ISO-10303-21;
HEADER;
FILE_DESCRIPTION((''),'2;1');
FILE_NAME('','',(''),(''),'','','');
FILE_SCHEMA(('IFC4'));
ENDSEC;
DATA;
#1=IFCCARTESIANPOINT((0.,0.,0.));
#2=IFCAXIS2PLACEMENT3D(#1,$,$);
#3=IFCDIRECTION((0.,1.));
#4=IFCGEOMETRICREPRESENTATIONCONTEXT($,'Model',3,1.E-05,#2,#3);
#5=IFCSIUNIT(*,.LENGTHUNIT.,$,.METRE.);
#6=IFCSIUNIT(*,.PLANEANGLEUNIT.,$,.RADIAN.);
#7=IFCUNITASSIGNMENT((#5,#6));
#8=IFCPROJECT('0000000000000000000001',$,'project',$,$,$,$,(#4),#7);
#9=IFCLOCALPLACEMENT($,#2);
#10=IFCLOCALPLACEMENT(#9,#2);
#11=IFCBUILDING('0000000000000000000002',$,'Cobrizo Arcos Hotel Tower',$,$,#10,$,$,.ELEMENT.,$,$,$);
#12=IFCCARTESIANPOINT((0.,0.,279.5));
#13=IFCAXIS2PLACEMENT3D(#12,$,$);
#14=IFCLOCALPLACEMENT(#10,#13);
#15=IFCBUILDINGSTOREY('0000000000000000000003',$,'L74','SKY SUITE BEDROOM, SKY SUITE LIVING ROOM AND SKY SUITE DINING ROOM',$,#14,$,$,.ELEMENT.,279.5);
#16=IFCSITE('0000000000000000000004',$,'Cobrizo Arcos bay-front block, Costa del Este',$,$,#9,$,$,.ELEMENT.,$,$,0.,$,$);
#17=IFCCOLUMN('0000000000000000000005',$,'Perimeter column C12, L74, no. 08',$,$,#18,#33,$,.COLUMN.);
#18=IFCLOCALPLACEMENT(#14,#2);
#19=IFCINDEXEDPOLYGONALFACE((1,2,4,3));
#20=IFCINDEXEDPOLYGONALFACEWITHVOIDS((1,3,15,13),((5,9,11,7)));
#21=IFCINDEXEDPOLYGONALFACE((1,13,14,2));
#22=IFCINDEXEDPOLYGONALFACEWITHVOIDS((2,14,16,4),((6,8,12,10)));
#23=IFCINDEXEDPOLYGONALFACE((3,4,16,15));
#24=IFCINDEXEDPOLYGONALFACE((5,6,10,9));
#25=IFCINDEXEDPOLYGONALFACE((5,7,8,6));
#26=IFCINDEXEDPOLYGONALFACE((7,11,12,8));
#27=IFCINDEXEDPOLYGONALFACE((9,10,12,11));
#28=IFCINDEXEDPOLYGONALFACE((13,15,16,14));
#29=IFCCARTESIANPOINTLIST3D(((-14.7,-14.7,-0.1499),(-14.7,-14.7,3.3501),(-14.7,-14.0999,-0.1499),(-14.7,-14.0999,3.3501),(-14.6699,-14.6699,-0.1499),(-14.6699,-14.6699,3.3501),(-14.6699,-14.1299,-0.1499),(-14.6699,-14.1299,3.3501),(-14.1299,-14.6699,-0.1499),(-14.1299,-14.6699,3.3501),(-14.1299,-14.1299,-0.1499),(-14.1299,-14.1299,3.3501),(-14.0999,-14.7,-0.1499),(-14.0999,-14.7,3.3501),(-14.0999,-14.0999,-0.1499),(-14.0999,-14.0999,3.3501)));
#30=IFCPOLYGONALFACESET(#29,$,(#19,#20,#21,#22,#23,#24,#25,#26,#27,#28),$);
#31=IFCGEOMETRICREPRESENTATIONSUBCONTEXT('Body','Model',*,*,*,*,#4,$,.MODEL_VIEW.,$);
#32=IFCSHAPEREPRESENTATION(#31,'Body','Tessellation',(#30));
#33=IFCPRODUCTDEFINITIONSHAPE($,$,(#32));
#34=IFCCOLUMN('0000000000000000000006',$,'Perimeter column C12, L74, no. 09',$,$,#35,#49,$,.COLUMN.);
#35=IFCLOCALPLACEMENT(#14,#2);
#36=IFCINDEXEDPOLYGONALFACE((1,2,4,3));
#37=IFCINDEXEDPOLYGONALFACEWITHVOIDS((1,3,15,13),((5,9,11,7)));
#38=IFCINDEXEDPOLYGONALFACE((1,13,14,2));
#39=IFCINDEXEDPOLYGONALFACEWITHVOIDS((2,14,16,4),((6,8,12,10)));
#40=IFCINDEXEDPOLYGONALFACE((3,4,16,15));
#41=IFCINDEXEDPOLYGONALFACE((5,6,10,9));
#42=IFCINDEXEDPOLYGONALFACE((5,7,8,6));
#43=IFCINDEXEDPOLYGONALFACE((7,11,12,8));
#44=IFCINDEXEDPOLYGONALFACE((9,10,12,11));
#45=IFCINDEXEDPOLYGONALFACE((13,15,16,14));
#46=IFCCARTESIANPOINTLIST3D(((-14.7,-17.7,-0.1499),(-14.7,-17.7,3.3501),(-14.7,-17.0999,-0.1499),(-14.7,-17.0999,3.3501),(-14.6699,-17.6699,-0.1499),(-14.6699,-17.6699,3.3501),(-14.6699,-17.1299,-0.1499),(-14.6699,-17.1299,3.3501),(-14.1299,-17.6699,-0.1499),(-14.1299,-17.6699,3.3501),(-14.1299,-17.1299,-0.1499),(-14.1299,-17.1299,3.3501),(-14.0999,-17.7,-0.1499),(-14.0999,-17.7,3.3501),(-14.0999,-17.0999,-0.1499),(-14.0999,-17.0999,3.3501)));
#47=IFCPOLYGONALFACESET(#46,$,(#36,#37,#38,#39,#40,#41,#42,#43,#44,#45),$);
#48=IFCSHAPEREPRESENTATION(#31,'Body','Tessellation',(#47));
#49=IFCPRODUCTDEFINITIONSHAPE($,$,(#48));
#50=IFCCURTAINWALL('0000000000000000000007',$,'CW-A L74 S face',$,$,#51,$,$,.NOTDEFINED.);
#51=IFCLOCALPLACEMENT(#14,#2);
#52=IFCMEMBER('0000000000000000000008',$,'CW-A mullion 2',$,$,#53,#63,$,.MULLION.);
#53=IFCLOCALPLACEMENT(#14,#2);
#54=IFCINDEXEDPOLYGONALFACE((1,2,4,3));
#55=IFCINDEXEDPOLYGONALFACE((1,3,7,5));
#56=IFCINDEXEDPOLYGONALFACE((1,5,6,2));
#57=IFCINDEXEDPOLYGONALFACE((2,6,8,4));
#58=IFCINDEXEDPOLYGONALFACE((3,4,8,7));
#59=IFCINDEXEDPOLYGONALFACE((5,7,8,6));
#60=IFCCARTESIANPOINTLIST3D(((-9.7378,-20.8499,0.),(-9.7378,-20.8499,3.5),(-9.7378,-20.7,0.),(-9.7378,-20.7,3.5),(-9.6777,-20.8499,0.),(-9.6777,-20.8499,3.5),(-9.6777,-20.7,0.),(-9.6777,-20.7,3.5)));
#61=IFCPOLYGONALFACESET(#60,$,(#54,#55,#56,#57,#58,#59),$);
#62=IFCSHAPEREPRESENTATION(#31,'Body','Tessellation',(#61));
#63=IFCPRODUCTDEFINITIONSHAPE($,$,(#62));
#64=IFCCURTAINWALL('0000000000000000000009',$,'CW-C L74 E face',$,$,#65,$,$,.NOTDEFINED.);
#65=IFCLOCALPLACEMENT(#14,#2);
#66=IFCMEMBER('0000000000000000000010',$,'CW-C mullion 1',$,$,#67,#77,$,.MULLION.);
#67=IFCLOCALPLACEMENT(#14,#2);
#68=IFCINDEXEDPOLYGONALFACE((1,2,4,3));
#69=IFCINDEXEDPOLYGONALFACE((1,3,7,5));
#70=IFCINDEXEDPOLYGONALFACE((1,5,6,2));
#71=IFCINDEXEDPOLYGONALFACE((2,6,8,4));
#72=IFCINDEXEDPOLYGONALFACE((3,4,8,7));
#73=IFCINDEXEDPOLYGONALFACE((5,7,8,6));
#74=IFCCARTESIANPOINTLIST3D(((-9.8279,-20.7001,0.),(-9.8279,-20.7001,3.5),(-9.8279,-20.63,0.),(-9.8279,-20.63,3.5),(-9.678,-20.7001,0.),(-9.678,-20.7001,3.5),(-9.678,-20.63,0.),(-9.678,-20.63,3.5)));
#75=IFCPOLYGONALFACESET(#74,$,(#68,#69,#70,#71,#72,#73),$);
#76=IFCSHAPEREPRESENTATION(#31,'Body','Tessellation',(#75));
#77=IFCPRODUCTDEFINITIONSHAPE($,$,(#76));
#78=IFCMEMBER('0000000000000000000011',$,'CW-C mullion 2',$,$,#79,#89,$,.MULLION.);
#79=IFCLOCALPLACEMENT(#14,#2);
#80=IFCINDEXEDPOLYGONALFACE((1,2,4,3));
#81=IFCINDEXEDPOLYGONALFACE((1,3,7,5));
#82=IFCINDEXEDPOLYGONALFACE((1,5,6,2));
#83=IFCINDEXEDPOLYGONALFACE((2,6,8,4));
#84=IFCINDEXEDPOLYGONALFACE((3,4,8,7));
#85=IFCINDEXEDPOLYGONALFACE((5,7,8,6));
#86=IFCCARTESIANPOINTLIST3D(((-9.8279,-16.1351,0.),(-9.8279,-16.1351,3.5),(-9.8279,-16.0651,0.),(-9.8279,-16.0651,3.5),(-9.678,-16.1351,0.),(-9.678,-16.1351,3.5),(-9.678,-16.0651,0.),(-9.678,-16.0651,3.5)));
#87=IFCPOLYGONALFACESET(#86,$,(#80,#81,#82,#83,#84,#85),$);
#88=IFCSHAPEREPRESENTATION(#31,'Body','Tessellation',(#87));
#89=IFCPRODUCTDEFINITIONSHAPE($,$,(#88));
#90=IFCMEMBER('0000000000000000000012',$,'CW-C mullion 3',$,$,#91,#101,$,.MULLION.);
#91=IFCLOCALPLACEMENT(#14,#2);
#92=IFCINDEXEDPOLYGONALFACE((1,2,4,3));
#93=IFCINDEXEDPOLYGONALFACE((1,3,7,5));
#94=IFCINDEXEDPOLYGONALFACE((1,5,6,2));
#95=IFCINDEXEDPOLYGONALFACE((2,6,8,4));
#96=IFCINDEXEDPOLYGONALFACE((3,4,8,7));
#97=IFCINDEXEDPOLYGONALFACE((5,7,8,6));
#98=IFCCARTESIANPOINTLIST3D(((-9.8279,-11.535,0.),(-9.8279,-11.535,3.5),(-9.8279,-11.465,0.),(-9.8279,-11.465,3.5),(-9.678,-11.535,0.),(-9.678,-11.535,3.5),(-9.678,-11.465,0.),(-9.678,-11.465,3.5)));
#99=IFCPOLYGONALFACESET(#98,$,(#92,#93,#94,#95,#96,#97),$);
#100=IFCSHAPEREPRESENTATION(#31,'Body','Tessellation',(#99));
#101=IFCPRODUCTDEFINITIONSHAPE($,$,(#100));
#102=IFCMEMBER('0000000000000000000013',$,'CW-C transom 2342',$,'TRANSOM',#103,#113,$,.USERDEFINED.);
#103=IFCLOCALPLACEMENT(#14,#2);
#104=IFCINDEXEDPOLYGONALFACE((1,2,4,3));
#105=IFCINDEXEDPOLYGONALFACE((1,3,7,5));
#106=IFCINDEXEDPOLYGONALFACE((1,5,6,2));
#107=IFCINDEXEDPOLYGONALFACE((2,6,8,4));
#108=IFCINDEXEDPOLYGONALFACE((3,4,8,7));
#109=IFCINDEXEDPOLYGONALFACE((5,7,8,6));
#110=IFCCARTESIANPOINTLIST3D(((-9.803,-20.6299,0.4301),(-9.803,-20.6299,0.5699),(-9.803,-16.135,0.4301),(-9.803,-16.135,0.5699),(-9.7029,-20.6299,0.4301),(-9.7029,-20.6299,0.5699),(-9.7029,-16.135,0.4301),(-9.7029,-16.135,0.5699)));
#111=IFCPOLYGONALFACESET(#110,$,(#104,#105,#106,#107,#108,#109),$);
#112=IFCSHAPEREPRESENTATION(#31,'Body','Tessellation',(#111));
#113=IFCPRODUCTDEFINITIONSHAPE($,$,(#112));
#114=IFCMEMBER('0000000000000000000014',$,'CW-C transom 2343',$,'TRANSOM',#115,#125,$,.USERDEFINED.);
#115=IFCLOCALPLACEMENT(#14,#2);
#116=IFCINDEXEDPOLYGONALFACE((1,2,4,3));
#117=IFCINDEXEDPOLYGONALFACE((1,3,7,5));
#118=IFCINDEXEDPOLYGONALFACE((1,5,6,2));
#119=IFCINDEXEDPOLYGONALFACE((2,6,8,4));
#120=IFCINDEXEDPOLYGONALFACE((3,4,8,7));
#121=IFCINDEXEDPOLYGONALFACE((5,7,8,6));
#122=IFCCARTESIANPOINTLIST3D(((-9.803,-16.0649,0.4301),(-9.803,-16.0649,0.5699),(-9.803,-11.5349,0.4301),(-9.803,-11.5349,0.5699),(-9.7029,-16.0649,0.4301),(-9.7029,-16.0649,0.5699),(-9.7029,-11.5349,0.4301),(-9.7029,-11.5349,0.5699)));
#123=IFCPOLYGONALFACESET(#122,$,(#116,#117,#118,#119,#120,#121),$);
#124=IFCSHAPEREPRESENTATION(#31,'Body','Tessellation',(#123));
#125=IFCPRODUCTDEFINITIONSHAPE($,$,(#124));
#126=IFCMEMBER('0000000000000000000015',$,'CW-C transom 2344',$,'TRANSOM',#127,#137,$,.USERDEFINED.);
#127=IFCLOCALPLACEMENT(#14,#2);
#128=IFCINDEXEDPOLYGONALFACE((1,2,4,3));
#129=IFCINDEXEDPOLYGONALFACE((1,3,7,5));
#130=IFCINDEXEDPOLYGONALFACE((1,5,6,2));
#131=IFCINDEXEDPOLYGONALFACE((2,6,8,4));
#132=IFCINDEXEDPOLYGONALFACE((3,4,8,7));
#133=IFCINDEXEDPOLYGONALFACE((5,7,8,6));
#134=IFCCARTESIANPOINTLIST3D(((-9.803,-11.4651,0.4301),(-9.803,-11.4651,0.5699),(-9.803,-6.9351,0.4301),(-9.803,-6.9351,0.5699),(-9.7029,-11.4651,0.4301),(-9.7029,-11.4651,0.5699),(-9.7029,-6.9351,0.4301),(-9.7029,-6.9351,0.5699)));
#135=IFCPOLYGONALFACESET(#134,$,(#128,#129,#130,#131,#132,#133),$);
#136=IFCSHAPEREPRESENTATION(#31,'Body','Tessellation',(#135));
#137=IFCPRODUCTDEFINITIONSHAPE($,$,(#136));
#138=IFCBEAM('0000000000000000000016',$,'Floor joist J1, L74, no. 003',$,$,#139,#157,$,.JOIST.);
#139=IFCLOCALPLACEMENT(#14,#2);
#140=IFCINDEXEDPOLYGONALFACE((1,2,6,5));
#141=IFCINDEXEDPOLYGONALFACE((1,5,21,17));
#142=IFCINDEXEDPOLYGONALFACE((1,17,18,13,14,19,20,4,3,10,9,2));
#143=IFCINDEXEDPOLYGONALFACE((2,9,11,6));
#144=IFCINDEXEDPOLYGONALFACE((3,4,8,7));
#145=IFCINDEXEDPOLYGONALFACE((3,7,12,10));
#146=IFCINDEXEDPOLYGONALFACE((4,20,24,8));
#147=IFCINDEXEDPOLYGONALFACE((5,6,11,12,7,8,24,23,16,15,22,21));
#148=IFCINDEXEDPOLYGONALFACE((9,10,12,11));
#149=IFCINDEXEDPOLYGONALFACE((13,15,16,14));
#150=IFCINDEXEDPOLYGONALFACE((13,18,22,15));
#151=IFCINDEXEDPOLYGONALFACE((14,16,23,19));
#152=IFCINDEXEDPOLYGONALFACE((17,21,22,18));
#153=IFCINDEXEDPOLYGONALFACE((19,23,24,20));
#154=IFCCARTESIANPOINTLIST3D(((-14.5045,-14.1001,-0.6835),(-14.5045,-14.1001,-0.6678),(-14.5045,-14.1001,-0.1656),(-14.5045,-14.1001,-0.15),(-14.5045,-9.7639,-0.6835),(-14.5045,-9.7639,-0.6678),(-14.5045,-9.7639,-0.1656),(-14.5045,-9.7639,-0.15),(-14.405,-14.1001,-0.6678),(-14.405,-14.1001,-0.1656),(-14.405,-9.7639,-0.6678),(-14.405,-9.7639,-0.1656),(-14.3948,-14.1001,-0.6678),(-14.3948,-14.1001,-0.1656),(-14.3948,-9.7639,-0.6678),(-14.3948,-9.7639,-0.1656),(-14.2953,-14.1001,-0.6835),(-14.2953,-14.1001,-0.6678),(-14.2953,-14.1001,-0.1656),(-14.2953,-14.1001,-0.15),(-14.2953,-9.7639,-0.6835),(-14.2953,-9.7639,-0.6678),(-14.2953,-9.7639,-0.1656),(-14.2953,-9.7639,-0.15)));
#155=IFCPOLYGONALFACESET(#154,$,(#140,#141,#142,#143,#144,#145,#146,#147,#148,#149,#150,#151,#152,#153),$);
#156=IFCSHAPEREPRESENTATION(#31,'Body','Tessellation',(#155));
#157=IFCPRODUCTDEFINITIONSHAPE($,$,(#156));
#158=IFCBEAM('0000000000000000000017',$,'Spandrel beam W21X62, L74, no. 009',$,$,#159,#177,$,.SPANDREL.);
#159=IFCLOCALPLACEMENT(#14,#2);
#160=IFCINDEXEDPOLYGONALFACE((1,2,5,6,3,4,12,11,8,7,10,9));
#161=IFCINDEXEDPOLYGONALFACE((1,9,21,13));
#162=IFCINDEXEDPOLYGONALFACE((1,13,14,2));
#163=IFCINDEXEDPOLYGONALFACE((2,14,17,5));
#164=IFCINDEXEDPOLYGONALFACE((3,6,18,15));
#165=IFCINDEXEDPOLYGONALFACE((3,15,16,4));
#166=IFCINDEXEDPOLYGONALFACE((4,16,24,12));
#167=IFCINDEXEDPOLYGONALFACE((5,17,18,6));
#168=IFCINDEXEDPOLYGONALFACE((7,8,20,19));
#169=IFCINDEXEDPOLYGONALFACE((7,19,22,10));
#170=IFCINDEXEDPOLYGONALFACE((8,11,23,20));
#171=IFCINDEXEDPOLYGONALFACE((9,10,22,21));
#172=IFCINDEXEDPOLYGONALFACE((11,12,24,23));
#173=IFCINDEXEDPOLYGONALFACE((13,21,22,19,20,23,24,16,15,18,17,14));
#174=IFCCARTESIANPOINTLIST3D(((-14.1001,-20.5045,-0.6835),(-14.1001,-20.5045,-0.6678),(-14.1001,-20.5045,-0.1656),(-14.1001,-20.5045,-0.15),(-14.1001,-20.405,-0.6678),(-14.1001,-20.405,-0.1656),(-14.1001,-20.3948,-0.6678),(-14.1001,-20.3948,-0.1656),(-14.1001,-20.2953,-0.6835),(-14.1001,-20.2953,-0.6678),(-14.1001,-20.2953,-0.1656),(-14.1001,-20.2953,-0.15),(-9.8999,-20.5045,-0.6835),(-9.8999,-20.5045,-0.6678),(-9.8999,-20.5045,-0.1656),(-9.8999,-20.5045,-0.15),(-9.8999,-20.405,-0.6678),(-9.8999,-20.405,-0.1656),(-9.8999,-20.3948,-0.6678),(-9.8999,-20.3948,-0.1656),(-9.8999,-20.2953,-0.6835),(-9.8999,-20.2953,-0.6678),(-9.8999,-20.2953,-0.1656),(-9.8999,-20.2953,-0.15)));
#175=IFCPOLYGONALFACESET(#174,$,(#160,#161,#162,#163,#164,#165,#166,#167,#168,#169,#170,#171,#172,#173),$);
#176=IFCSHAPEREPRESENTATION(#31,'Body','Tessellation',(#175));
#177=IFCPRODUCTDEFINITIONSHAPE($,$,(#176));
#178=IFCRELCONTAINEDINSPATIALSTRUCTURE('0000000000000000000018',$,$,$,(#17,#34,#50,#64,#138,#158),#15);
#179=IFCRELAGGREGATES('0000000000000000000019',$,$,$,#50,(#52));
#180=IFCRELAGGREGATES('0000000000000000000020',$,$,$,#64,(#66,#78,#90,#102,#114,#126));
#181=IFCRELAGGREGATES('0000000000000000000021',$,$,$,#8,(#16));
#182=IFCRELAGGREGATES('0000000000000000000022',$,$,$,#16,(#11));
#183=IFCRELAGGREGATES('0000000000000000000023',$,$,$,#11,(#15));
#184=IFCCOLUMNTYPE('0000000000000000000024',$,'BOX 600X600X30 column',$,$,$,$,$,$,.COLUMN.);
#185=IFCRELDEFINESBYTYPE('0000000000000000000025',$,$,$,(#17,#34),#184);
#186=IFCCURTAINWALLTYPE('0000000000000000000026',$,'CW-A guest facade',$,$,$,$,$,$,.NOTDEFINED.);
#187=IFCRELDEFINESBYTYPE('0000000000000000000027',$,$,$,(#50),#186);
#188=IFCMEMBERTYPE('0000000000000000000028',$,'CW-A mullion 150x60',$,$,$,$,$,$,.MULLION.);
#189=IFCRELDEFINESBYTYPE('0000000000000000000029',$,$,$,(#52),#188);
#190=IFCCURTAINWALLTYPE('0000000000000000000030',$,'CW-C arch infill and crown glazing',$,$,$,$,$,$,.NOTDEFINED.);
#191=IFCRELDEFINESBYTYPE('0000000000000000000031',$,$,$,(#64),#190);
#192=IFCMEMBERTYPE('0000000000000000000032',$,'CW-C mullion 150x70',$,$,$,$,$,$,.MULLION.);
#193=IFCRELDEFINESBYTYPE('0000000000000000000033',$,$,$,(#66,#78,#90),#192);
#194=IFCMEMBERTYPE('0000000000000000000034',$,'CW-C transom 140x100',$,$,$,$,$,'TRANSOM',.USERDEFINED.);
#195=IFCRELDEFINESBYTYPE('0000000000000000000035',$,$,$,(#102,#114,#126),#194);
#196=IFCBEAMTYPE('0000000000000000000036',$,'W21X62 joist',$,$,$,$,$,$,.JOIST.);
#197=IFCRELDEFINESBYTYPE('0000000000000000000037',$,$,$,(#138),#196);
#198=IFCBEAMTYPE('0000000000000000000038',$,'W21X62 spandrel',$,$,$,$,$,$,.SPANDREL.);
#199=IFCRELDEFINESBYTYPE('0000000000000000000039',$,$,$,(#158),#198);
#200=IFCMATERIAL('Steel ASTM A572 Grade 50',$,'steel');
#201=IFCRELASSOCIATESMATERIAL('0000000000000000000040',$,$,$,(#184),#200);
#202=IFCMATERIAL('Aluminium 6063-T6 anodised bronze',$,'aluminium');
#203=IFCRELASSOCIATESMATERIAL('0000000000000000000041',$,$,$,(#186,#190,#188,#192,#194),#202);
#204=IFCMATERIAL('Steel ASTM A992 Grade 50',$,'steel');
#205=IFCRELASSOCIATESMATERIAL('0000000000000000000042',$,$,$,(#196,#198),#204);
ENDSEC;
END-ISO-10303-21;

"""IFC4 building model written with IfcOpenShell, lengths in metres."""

from ifc_helpers import new_model, si_unit, direction, frame, origin, origin_2d, place, context, subcontext, project, spatial, rectangle, hollow_rectangle, i_section, extrude, material, material_profile, profile_set, type_object, element, aggregate, save


model = new_model("IFC4")

# Units and contexts
model_context = context("Model", 3, precision=1e-05, world=origin(), true_north=direction((0.0, 1.0)))
body_context = subcontext(model_context, "Body", "Model", "MODEL_VIEW")
ifc_project = project(units=[si_unit("LENGTHUNIT", "METRE"), si_unit("PLANEANGLEUNIT", "RADIAN")], contexts=[model_context])

# Site, building, storey
site_placement = place(None, origin())
site = spatial("IfcSite", under=ifc_project, at=site_placement, Name="Cobrizo Arcos bay-front block, Costa del Este", CompositionType="ELEMENT", RefElevation=0.0)
building_placement = place(site_placement, origin())
building = spatial("IfcBuilding", under=site, at=building_placement, Name="Cobrizo Arcos Hotel Tower", CompositionType="ELEMENT")
storey_placement = place(building_placement, frame((0.0, 0.0, 279.5)))
storey = spatial("IfcBuildingStorey", under=building, at=storey_placement, Name="L74", Description="SKY SUITE BEDROOM, SKY SUITE LIVING ROOM AND SKY SUITE DINING ROOM", CompositionType="ELEMENT", Elevation=279.5)

# Columns
ifc_material_1 = material(Name="Steel ASTM A572 Grade 50", Category="steel")
ifc_material_profile_1 = material_profile(ifc_material_1, hollow_rectangle(XDim=0.6001, YDim=0.6001, WallThickness=0.03, at=origin_2d()), Name="BOX 600X600X30")
ifc_profile_set_1 = profile_set([ifc_material_profile_1], Name="Steel ASTM A572 Grade 50")
column_type = type_object("IfcColumnType", Name="BOX 600X600X30 column", PredefinedType="COLUMN", material=ifc_profile_set_1)
for number, where, z_axis, x_axis, name in (
    (1, (-14.3999, -14.3999, -0.1499), (0.0, 0.0, 1.0), (1.0, 0.0, 0.0), "Perimeter column C12, L74, no. 08"),
    (2, (-14.3999, -17.3999, -0.1499), (0.0, 0.0, 1.0), (1.0, 0.0, 0.0), "Perimeter column C12, L74, no. 09"),
):
    element("IfcColumn", number, at=place(storey_placement, frame(where, z_axis=z_axis, x_axis=x_axis)), inside=storey, type_object=column_type, Name=name, PredefinedType="COLUMN", context=body_context, shape_type="SweptSolid", body=[
        extrude(hollow_rectangle(XDim=0.6001, YDim=0.6001, WallThickness=0.03, at=origin_2d()), origin(), (0.0, 0.0, 1.0), 3.5),
    ])

# Curtain wall, member
ifc_material_2 = material(Name="Aluminium 6063-T6 anodised bronze", Category="aluminium")
curtain_wall_type_1 = type_object("IfcCurtainWallType", Name="CW-A guest facade", PredefinedType="NOTDEFINED", material=ifc_material_2)
curtain_wall_1_placement = place(storey_placement, origin())
curtain_wall_1 = element("IfcCurtainWall", 3, at=curtain_wall_1_placement, inside=storey, type_object=curtain_wall_type_1, Name="CW-A L74 S face", PredefinedType="NOTDEFINED")
ifc_material_profile_2 = material_profile(ifc_material_2, rectangle(XDim=0.1499, YDim=0.0601, at=origin_2d()), Name="CW-A mullion 150x60")
ifc_profile_set_2 = profile_set([ifc_material_profile_2], Name="Aluminium 6063-T6 anodised bronze")
member_type_1 = type_object("IfcMemberType", Name="CW-A mullion 150x60", PredefinedType="MULLION", material=ifc_profile_set_2)
member_1_placement = place(storey_placement, frame((-9.7078, -20.7749, 0.0), z_axis=(0.0, 0.0, 1.0), x_axis=(0.0, -1.0, 0.0)))
member_1 = element("IfcMember", 4, at=member_1_placement, type_object=member_type_1, Name="CW-A mullion 2", PredefinedType="MULLION", context=body_context, shape_type="SweptSolid", body=[
    extrude(rectangle(XDim=0.1499, YDim=0.0601, at=origin_2d()), origin(), (0.0, 0.0, 1.0), 3.5),
])

# Curtain wall, members
curtain_wall_type_2 = type_object("IfcCurtainWallType", Name="CW-C arch infill and crown glazing", PredefinedType="NOTDEFINED", material=ifc_material_2)
curtain_wall_2_placement = place(storey_placement, origin())
curtain_wall_2 = element("IfcCurtainWall", 5, at=curtain_wall_2_placement, inside=storey, type_object=curtain_wall_type_2, Name="CW-C L74 E face", PredefinedType="NOTDEFINED")
ifc_material_profile_3 = material_profile(ifc_material_2, rectangle(XDim=0.1499, YDim=0.0701, at=origin_2d()), Name="CW-C mullion 150x70")
ifc_profile_set_3 = profile_set([ifc_material_profile_3], Name="Aluminium 6063-T6 anodised bronze")
member_type_2 = type_object("IfcMemberType", Name="CW-C mullion 150x70", PredefinedType="MULLION", material=ifc_profile_set_3)
member_2_placement = place(storey_placement, frame((-9.7529, -20.665, 0.0), z_axis=(0.0, 0.0, 1.0), x_axis=(1.0, 0.0, 0.0)))
member_2 = element("IfcMember", 6, at=member_2_placement, type_object=member_type_2, Name="CW-C mullion 1", PredefinedType="MULLION", context=body_context, shape_type="SweptSolid", body=[
    extrude(rectangle(XDim=0.1499, YDim=0.0701, at=origin_2d()), origin(), (0.0, 0.0, 1.0), 3.5),
])
member_3_placement = place(storey_placement, frame((-9.7529, -16.1001, 0.0), z_axis=(0.0, 0.0, 1.0), x_axis=(1.0, 0.0, 0.0)))
member_3 = element("IfcMember", 7, at=member_3_placement, type_object=member_type_2, Name="CW-C mullion 2", PredefinedType="MULLION", context=body_context, shape_type="SweptSolid", body=[
    extrude(rectangle(XDim=0.1499, YDim=0.0701, at=origin_2d()), origin(), (0.0, 0.0, 1.0), 3.5),
])
member_4_placement = place(storey_placement, frame((-9.7529, -11.5, 0.0), z_axis=(0.0, 0.0, 1.0), x_axis=(1.0, 0.0, 0.0)))
member_4 = element("IfcMember", 8, at=member_4_placement, type_object=member_type_2, Name="CW-C mullion 3", PredefinedType="MULLION", context=body_context, shape_type="SweptSolid", body=[
    extrude(rectangle(XDim=0.1499, YDim=0.0701, at=origin_2d()), origin(), (0.0, 0.0, 1.0), 3.5),
])
ifc_material_profile_4 = material_profile(ifc_material_2, rectangle(XDim=0.1001, YDim=0.1399, at=origin_2d()), Name="CW-C transom 140x100")
ifc_profile_set_4 = profile_set([ifc_material_profile_4], Name="Aluminium 6063-T6 anodised bronze")
member_type_3 = type_object("IfcMemberType", Name="CW-C transom 140x100", ElementType="TRANSOM", PredefinedType="USERDEFINED", material=ifc_profile_set_4)
member_5_placement = place(storey_placement, frame((-9.7529, -20.6299, 0.5), z_axis=(0.0, 1.0, 0.0), x_axis=(-1.0, 0.0, 0.0)))
member_5 = element("IfcMember", 9, at=member_5_placement, type_object=member_type_3, Name="CW-C transom 2342", ObjectType="TRANSOM", PredefinedType="USERDEFINED", context=body_context, shape_type="SweptSolid", body=[
    extrude(rectangle(XDim=0.1001, YDim=0.1399, at=origin_2d()), origin(), (0.0, 0.0, 1.0), 4.4949),
])
member_6_placement = place(storey_placement, frame((-9.7529, -16.0649, 0.5), z_axis=(0.0, 1.0, 0.0), x_axis=(-1.0, 0.0, 0.0)))
member_6 = element("IfcMember", 10, at=member_6_placement, type_object=member_type_3, Name="CW-C transom 2343", ObjectType="TRANSOM", PredefinedType="USERDEFINED", context=body_context, shape_type="SweptSolid", body=[
    extrude(rectangle(XDim=0.1001, YDim=0.1399, at=origin_2d()), origin(), (0.0, 0.0, 1.0), 4.53),
])
member_7_placement = place(storey_placement, frame((-9.7529, -11.4651, 0.5), z_axis=(0.0, 1.0, 0.0), x_axis=(-1.0, 0.0, 0.0)))
member_7 = element("IfcMember", 11, at=member_7_placement, type_object=member_type_3, Name="CW-C transom 2344", ObjectType="TRANSOM", PredefinedType="USERDEFINED", context=body_context, shape_type="SweptSolid", body=[
    extrude(rectangle(XDim=0.1001, YDim=0.1399, at=origin_2d()), origin(), (0.0, 0.0, 1.0), 4.53),
])

# Beams
ifc_material_3 = material(Name="Steel ASTM A992 Grade 50", Category="steel")
ifc_material_profile_5 = material_profile(ifc_material_3, i_section(OverallWidth=0.2092, OverallDepth=0.5334, WebThickness=0.0103, FlangeThickness=0.0156, at=origin_2d()), Name="W21X62")
ifc_profile_set_5 = profile_set([ifc_material_profile_5], Name="Steel ASTM A992 Grade 50")
beam_type_1 = type_object("IfcBeamType", Name="W21X62 joist", PredefinedType="JOIST", material=ifc_profile_set_5)
beam_1_placement = place(storey_placement, frame((-14.3999, -14.1001, -0.4167), z_axis=(0.0, 1.0, 0.0), x_axis=(-1.0, 0.0, 0.0)))
element("IfcBeam", 12, at=beam_1_placement, inside=storey, type_object=beam_type_1, Name="Floor joist J1, L74, no. 003", PredefinedType="JOIST", context=body_context, shape_type="SweptSolid", body=[
    extrude(i_section(OverallWidth=0.2092, OverallDepth=0.5334, WebThickness=0.0103, FlangeThickness=0.0156, at=origin_2d()), origin(), (0.0, 0.0, 1.0), 4.3362),
])
ifc_material_profile_6 = material_profile(ifc_material_3, i_section(OverallWidth=0.2092, OverallDepth=0.5334, WebThickness=0.0103, FlangeThickness=0.0156, at=origin_2d()), Name="W21X62")
ifc_profile_set_6 = profile_set([ifc_material_profile_6], Name="Steel ASTM A992 Grade 50")
beam_type_2 = type_object("IfcBeamType", Name="W21X62 spandrel", PredefinedType="SPANDREL", material=ifc_profile_set_6)
beam_2_placement = place(storey_placement, frame((-9.8999, -20.3999, -0.4167), z_axis=(-1.0, 0.0, 0.0), x_axis=(0.0, -1.0, 0.0)))
element("IfcBeam", 13, at=beam_2_placement, inside=storey, type_object=beam_type_2, Name="Spandrel beam W21X62, L74, no. 009", PredefinedType="SPANDREL", context=body_context, shape_type="SweptSolid", body=[
    extrude(i_section(OverallWidth=0.2092, OverallDepth=0.5334, WebThickness=0.0103, FlangeThickness=0.0156, at=origin_2d()), origin(), (0.0, 0.0, 1.0), 4.2002),
])

aggregate(curtain_wall_1, [member_1])
aggregate(curtain_wall_2, [member_2, member_3, member_4, member_5, member_6, member_7])

save(model, "model.ifc")
